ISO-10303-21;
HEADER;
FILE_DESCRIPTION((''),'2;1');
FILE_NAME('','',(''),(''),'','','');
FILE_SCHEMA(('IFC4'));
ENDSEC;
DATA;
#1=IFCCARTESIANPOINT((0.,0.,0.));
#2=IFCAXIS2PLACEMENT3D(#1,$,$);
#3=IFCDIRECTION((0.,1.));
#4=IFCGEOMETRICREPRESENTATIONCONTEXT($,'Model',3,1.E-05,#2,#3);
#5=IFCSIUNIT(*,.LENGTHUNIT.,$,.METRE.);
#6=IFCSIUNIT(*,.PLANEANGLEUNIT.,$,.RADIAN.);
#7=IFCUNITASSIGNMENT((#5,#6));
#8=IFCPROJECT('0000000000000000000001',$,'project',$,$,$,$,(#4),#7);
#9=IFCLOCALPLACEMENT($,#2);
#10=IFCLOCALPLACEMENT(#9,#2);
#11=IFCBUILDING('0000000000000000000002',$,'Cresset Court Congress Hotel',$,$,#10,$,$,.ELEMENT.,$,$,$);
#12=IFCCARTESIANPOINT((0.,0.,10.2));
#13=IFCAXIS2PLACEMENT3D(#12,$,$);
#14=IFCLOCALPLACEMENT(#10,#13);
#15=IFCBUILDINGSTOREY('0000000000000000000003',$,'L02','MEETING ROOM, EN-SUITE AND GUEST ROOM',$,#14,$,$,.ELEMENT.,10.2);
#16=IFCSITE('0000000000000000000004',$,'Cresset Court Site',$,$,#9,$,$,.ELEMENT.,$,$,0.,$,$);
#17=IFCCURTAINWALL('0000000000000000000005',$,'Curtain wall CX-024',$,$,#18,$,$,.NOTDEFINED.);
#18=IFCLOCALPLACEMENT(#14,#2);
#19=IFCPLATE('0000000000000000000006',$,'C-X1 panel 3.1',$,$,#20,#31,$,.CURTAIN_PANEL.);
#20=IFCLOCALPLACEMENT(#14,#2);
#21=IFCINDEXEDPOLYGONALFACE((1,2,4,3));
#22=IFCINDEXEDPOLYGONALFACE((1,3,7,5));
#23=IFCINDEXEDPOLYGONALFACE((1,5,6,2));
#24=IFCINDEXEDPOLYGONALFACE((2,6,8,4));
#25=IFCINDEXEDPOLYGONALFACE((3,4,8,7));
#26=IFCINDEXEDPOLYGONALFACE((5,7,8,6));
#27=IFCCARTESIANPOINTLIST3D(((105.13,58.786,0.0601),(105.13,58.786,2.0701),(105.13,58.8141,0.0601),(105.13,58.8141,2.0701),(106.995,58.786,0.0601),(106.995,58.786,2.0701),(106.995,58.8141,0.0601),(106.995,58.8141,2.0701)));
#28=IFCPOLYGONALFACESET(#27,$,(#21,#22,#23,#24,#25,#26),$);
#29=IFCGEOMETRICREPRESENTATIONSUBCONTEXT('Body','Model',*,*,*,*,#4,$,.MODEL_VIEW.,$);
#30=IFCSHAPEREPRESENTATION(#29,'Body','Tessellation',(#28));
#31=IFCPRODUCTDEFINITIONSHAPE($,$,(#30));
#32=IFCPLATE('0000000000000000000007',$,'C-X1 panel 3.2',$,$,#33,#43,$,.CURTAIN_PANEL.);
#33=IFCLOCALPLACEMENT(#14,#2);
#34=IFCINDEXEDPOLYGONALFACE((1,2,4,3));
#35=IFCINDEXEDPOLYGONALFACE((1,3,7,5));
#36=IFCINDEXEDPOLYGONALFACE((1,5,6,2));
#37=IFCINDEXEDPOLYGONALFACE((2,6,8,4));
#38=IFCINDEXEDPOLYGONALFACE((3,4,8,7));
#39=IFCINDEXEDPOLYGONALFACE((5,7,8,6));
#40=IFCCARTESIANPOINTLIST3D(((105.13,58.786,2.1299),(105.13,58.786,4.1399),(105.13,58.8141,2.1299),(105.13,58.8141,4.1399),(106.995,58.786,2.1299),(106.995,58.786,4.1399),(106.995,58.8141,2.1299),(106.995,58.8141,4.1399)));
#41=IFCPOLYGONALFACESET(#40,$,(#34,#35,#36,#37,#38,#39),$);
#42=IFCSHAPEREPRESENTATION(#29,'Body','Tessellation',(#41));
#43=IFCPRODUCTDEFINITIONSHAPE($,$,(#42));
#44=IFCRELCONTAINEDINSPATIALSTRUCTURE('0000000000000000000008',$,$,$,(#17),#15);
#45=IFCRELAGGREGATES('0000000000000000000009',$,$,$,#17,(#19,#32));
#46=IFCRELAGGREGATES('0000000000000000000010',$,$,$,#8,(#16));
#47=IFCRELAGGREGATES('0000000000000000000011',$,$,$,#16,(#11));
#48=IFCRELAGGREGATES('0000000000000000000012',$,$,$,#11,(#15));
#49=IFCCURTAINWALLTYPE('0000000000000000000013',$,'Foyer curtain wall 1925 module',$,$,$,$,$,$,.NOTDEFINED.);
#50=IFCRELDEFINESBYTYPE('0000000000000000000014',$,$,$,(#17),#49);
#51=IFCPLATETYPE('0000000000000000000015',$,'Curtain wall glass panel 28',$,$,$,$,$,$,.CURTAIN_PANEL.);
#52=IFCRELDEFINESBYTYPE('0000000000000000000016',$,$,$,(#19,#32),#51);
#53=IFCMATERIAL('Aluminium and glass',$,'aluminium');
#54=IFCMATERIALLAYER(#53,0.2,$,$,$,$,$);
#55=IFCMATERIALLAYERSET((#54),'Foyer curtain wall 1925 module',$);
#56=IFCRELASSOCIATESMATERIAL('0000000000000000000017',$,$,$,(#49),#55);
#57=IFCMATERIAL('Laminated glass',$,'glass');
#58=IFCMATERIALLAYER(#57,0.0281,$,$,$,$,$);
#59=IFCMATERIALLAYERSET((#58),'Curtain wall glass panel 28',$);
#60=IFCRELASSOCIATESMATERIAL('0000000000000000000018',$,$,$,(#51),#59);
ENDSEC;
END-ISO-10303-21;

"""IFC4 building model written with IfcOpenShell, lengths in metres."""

from ifc_helpers import new_model, si_unit, direction, frame, origin, origin_2d, place, context, subcontext, project, spatial, rectangle, extrude, material, layer, layer_set, type_object, element, aggregate, save


model = new_model("IFC4")

# Units and contexts
model_context = context("Model", 3, precision=1e-05, world=origin(), true_north=direction((0.0, 1.0)))
body_context = subcontext(model_context, "Body", "Model", "MODEL_VIEW")
ifc_project = project(units=[si_unit("LENGTHUNIT", "METRE"), si_unit("PLANEANGLEUNIT", "RADIAN")], contexts=[model_context])

# Site, building, storey
site_placement = place(None, origin())
site = spatial("IfcSite", under=ifc_project, at=site_placement, Name="Cresset Court Site", CompositionType="ELEMENT", RefElevation=0.0)
building_placement = place(site_placement, origin())
building = spatial("IfcBuilding", under=site, at=building_placement, Name="Cresset Court Congress Hotel", CompositionType="ELEMENT")
storey_placement = place(building_placement, frame((0.0, 0.0, 10.2)))
storey = spatial("IfcBuildingStorey", under=building, at=storey_placement, Name="L02", Description="MEETING ROOM, EN-SUITE AND GUEST ROOM", CompositionType="ELEMENT", Elevation=10.2)

# Curtain wall
ifc_material_1 = material(Name="Aluminium and glass", Category="aluminium")
ifc_layer_1 = layer(ifc_material_1, 0.2)
ifc_layer_set_1 = layer_set([ifc_layer_1], Name="Foyer curtain wall 1925 module")
curtain_wall_type = type_object("IfcCurtainWallType", Name="Foyer curtain wall 1925 module", PredefinedType="NOTDEFINED", material=ifc_layer_set_1)
curtain_wall_placement = place(storey_placement, origin())
curtain_wall = element("IfcCurtainWall", 1, at=curtain_wall_placement, inside=storey, type_object=curtain_wall_type, Name="Curtain wall CX-024", PredefinedType="NOTDEFINED")

# Plates
ifc_material_2 = material(Name="Laminated glass", Category="glass")
ifc_layer_2 = layer(ifc_material_2, 0.0281)
ifc_layer_set_2 = layer_set([ifc_layer_2], Name="Curtain wall glass panel 28")
plate_type = type_object("IfcPlateType", Name="Curtain wall glass panel 28", PredefinedType="CURTAIN_PANEL", material=ifc_layer_set_2)
plate_1_placement = place(storey_placement, frame((106.0625, 58.8, 0.0601), z_axis=(0.0, 0.0, 1.0), x_axis=(1.0, 0.0, 0.0)))
plate_1 = element("IfcPlate", 2, at=plate_1_placement, type_object=plate_type, Name="C-X1 panel 3.1", PredefinedType="CURTAIN_PANEL", context=body_context, shape_type="SweptSolid", body=[
    extrude(rectangle(XDim=1.865, YDim=0.0281, at=origin_2d()), origin(), (0.0, 0.0, 1.0), 2.01),
])
plate_2_placement = place(storey_placement, frame((106.0625, 58.8, 2.1299), z_axis=(0.0, 0.0, 1.0), x_axis=(1.0, 0.0, 0.0)))
plate_2 = element("IfcPlate", 3, at=plate_2_placement, type_object=plate_type, Name="C-X1 panel 3.2", PredefinedType="CURTAIN_PANEL", context=body_context, shape_type="SweptSolid", body=[
    extrude(rectangle(XDim=1.865, YDim=0.0281, at=origin_2d()), origin(), (0.0, 0.0, 1.0), 2.01),
])
aggregate(curtain_wall, [plate_1, plate_2])

save(model, "model.ifc")
